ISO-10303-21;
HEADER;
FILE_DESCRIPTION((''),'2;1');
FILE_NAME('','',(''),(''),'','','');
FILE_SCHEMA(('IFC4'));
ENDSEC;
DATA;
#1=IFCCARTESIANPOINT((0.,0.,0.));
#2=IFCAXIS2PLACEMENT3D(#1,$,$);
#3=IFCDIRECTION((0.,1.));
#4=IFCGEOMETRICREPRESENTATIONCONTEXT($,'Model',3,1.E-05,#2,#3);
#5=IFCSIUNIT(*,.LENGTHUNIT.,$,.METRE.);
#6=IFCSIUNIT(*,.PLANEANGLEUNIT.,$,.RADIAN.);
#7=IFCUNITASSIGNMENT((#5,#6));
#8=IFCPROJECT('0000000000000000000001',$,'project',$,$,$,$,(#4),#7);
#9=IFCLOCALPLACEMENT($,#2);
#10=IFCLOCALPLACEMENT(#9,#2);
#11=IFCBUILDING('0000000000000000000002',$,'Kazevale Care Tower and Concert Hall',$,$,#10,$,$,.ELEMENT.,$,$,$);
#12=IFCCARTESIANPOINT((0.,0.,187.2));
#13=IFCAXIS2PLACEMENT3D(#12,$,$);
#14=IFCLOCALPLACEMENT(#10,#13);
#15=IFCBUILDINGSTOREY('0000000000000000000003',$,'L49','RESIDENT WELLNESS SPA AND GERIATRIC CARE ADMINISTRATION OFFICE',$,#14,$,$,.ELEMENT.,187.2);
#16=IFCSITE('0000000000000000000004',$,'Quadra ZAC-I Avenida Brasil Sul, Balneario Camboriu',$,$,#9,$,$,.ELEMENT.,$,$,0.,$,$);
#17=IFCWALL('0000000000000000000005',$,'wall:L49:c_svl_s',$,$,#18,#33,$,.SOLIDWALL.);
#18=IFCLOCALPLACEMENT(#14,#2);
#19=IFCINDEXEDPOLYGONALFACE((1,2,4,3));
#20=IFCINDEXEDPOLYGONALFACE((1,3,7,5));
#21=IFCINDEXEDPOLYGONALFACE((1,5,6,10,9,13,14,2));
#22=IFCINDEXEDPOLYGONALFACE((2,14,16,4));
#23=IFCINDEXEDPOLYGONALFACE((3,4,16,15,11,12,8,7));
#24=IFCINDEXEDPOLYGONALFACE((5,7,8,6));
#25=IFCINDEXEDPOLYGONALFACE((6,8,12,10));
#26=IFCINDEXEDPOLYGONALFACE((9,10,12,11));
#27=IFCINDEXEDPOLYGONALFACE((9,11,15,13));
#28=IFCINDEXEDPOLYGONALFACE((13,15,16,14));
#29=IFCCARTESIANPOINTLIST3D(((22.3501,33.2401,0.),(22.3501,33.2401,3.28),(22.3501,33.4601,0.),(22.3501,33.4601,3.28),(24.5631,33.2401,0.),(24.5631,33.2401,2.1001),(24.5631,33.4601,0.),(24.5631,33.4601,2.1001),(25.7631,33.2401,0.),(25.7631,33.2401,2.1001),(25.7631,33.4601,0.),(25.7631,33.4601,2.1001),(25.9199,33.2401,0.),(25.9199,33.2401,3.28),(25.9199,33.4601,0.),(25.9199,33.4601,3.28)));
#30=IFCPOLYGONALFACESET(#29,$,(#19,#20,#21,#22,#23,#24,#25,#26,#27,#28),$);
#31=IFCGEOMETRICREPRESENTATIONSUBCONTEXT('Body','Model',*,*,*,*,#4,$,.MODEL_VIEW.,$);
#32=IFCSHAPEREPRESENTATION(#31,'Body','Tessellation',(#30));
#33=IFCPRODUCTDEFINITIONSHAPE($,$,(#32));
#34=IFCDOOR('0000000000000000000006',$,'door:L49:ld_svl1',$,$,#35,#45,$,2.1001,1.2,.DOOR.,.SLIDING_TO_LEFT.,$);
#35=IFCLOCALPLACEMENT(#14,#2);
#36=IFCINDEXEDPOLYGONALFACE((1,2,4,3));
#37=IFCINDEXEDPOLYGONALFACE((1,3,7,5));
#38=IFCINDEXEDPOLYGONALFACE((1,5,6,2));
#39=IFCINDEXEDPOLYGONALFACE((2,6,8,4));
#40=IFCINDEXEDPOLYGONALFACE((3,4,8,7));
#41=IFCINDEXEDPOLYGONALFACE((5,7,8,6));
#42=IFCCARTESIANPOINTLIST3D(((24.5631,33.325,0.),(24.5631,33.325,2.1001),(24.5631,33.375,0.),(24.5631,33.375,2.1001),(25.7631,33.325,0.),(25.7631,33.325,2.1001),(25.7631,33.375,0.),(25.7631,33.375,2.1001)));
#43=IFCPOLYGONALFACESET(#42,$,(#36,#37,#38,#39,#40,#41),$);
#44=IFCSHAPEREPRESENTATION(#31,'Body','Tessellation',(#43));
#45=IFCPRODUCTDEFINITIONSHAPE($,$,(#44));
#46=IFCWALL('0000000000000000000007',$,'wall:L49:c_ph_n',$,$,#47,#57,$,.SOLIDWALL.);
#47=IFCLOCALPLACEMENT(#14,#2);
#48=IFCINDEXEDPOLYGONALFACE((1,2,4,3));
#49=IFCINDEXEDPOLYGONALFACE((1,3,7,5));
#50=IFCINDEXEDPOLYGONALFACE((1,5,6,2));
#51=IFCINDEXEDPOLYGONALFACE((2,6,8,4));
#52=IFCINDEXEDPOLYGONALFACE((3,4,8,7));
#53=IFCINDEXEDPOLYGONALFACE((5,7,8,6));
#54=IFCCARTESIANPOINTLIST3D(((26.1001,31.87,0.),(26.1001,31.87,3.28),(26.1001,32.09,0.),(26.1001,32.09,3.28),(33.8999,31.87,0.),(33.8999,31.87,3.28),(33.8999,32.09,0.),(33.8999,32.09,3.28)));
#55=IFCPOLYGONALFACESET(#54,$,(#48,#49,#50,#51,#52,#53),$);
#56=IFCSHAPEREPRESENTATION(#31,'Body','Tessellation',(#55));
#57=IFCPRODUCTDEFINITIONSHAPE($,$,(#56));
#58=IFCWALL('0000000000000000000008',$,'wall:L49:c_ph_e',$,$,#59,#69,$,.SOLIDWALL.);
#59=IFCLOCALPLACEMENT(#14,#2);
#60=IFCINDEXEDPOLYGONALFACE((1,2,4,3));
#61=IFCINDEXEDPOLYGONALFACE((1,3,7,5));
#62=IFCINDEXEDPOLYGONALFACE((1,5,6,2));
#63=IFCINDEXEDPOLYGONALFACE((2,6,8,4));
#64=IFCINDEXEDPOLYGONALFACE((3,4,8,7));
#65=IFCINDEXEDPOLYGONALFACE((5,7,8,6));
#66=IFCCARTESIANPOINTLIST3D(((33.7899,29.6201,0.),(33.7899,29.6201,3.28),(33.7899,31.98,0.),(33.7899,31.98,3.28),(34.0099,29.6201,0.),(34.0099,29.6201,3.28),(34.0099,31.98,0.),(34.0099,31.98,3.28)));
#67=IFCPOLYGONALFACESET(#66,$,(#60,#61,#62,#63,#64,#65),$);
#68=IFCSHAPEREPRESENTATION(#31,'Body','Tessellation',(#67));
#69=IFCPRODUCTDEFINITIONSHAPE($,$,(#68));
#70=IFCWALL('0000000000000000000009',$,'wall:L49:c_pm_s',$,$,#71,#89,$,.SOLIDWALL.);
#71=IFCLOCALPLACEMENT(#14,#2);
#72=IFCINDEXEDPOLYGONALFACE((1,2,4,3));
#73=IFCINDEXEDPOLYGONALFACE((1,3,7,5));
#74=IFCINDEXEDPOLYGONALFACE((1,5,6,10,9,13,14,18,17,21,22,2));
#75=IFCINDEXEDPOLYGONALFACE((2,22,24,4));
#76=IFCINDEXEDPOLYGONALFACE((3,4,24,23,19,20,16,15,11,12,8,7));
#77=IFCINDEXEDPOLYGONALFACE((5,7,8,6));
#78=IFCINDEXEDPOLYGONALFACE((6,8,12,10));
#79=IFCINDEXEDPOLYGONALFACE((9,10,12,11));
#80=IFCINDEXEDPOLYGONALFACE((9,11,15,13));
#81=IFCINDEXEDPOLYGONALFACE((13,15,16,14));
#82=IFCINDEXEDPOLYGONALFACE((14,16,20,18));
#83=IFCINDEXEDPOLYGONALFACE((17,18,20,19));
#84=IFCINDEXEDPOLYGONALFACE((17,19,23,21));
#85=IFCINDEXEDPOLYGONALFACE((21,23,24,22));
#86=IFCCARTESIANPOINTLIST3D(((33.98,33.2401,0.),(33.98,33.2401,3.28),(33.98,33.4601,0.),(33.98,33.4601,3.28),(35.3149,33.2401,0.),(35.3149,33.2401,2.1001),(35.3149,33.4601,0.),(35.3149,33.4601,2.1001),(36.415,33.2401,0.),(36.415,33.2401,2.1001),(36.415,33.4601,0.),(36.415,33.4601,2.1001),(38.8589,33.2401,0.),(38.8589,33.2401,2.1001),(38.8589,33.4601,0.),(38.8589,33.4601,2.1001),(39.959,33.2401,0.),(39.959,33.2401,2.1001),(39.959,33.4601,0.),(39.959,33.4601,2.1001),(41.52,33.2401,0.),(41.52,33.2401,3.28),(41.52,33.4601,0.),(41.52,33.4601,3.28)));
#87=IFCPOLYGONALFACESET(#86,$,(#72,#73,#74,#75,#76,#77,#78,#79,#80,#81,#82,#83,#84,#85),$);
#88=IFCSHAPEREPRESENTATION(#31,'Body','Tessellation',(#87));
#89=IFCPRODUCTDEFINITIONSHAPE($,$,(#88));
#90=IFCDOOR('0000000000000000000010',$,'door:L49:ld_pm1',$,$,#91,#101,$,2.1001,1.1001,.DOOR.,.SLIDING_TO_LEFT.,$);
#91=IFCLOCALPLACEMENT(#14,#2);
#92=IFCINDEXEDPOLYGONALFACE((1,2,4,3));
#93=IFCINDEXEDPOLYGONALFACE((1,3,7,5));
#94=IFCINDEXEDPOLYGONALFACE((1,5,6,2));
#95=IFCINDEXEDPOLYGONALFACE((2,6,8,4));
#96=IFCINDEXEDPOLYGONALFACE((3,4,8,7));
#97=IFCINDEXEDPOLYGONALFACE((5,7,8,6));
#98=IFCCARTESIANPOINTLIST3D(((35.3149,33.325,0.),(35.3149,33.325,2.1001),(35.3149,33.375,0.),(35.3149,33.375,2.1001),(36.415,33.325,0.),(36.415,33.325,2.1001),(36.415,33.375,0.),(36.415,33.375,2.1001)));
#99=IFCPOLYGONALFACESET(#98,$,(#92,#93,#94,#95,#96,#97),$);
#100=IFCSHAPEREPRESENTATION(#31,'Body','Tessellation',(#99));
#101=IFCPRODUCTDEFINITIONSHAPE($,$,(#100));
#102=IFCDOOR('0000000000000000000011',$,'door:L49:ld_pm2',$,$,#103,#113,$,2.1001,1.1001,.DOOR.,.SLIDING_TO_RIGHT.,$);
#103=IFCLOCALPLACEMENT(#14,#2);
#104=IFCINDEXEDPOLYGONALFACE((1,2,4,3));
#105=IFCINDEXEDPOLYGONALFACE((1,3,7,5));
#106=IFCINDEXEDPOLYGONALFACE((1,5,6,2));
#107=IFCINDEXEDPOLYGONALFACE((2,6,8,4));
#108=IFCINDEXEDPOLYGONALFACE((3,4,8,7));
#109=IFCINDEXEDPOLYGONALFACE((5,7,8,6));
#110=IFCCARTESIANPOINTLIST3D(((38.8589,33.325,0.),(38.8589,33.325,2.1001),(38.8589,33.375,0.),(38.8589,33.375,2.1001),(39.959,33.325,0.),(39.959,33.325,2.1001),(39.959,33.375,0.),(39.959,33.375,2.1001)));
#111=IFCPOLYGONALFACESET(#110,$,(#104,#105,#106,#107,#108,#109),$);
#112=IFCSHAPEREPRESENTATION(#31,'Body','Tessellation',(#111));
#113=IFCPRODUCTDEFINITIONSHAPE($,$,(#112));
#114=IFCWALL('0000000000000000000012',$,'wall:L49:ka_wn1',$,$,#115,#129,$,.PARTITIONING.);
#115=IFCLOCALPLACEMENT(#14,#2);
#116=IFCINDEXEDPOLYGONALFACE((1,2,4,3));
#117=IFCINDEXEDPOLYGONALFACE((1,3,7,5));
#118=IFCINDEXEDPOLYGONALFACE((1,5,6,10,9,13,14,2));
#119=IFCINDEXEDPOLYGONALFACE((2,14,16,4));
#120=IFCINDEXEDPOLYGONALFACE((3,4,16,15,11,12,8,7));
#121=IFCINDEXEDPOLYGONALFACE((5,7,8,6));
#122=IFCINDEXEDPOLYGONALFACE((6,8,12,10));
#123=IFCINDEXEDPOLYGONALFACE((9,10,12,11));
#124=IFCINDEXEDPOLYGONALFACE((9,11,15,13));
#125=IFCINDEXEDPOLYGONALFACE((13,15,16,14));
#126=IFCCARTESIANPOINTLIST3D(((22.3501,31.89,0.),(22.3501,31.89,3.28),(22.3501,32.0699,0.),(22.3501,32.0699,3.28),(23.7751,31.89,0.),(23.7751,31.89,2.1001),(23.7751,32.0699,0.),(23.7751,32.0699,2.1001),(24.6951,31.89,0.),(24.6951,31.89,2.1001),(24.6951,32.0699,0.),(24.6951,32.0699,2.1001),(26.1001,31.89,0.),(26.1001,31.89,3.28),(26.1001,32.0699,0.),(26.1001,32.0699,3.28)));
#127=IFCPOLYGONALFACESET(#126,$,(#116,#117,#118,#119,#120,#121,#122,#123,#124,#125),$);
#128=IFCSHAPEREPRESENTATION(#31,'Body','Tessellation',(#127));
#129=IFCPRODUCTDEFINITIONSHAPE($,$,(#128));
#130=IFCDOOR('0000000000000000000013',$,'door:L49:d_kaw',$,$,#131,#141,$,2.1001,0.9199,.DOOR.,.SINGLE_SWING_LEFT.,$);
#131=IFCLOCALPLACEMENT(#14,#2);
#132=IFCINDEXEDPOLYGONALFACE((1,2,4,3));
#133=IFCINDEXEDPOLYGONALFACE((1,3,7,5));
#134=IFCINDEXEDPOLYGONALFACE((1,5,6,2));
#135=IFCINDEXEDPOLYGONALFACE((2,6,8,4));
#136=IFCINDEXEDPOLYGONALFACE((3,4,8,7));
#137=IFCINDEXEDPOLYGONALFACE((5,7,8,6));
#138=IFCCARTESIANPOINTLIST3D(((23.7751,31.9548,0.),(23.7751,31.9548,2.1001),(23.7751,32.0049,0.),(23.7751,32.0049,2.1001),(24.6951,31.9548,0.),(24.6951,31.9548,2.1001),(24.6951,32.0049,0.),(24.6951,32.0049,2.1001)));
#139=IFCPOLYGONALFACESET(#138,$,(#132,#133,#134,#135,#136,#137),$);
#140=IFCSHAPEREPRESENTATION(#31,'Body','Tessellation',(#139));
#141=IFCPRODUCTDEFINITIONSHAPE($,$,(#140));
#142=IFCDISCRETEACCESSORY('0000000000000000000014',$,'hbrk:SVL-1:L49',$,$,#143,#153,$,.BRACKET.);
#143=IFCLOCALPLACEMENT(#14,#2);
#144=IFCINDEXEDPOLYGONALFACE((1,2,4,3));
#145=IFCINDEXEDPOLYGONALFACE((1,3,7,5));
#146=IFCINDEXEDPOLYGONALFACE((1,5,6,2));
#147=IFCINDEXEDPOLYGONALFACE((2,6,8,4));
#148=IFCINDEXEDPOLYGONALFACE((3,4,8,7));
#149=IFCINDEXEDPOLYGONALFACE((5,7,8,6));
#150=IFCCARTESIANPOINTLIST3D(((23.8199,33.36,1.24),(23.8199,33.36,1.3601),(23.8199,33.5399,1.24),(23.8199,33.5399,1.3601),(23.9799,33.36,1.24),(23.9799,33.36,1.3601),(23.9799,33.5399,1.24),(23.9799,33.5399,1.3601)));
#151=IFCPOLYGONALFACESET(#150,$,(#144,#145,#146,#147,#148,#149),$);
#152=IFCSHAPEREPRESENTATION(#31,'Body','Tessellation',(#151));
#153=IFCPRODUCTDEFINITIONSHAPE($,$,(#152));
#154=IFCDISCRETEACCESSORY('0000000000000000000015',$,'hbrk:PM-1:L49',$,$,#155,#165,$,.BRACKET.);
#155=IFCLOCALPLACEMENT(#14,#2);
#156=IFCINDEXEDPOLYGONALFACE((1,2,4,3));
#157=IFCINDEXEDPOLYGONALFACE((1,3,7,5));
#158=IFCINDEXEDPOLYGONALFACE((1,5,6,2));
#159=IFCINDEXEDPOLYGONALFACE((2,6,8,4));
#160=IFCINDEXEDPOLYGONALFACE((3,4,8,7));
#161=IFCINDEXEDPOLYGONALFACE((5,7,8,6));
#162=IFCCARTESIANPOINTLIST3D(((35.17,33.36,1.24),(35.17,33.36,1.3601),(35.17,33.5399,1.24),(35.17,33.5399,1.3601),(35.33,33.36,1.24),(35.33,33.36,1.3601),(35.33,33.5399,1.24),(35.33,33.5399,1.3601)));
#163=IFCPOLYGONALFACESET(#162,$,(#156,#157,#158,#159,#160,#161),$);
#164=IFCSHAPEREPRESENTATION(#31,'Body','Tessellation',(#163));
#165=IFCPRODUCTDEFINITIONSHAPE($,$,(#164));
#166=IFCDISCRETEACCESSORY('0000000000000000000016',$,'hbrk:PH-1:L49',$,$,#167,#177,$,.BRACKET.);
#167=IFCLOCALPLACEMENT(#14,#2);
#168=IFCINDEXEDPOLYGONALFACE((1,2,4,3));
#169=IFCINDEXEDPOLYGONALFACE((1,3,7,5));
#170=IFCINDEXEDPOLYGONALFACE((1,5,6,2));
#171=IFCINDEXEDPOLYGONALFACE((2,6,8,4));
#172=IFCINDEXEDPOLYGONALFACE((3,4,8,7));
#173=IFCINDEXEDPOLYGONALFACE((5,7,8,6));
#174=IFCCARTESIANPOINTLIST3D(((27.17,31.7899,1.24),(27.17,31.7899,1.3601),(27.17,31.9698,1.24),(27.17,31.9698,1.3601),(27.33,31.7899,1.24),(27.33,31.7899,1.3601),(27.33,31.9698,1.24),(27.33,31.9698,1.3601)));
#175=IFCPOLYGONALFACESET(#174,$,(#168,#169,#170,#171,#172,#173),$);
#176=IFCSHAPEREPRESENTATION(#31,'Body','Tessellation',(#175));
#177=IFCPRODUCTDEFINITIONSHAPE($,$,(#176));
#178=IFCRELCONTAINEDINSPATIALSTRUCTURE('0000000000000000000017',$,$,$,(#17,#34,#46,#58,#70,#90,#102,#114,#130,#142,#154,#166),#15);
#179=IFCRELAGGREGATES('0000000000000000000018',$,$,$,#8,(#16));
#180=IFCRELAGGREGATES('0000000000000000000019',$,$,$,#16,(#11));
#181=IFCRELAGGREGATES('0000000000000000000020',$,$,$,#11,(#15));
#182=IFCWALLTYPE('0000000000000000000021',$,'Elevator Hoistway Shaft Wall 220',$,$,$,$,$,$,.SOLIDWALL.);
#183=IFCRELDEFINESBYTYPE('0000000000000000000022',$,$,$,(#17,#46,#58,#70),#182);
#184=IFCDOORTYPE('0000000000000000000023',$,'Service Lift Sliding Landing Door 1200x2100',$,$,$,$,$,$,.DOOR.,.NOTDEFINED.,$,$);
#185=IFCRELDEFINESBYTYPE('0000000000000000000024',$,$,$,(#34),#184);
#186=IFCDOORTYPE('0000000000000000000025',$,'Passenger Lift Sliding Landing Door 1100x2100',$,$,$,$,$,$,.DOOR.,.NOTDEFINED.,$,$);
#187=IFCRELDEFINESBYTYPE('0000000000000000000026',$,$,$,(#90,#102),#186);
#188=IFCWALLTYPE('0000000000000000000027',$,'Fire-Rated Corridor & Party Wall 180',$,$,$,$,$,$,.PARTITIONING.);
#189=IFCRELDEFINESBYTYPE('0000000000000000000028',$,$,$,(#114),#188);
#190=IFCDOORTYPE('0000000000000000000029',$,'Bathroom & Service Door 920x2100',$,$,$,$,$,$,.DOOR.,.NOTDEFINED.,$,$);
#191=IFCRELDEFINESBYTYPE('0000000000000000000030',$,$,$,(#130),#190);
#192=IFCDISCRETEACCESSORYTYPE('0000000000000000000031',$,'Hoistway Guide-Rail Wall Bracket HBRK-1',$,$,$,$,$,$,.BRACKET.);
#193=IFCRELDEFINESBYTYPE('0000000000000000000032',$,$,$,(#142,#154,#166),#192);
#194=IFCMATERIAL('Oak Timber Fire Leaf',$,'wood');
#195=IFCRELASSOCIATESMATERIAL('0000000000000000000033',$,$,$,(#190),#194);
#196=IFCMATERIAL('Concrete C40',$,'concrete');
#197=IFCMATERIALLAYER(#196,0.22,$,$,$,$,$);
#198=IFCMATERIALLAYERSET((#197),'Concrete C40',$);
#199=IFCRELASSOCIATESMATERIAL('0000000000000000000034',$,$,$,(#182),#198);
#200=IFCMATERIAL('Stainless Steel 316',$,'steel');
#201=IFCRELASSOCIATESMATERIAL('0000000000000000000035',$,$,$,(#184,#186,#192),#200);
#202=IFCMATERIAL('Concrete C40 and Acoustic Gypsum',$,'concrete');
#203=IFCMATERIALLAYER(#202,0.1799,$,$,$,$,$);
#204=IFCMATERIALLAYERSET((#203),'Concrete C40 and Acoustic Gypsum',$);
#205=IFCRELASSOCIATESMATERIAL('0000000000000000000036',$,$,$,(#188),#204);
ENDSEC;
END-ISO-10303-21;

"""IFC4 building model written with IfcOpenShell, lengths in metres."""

from ifc_helpers import new_model, si_unit, direction, frame, frame_2d, origin, origin_2d, place, context, subcontext, project, spatial, rectangle, extrude, material, layer, layer_set, type_object, element, fill, save


model = new_model("IFC4")

# Units and contexts
model_context = context("Model", 3, precision=1e-05, world=origin(), true_north=direction((0.0, 1.0)))
body_context = subcontext(model_context, "Body", "Model", "MODEL_VIEW")
ifc_project = project(units=[si_unit("LENGTHUNIT", "METRE"), si_unit("PLANEANGLEUNIT", "RADIAN")], contexts=[model_context])

# Site, building, storey
site_placement = place(None, origin())
site = spatial("IfcSite", under=ifc_project, at=site_placement, Name="Quadra ZAC-I Avenida Brasil Sul, Balneario Camboriu", CompositionType="ELEMENT", RefElevation=0.0)
building_placement = place(site_placement, origin())
building = spatial("IfcBuilding", under=site, at=building_placement, Name="Kazevale Care Tower and Concert Hall", CompositionType="ELEMENT")
storey_placement = place(building_placement, frame((0.0, 0.0, 187.2)))
storey = spatial("IfcBuildingStorey", under=building, at=storey_placement, Name="L49", Description="RESIDENT WELLNESS SPA AND GERIATRIC CARE ADMINISTRATION OFFICE", CompositionType="ELEMENT", Elevation=187.2)

# Shared definitions
ifc_material_1 = material(Name="Oak Timber Fire Leaf", Category="wood")
door_type_1 = type_object("IfcDoorType", Name="Bathroom & Service Door 920x2100", OperationType="NOTDEFINED", PredefinedType="DOOR", material=ifc_material_1)

# Shared definitions
ifc_material_2 = material(Name="Concrete C40", Category="concrete")
ifc_layer_1 = layer(ifc_material_2, 0.22)
ifc_layer_set_1 = layer_set([ifc_layer_1], Name="Concrete C40")
wall_type_1 = type_object("IfcWallType", Name="Elevator Hoistway Shaft Wall 220", PredefinedType="SOLIDWALL", material=ifc_layer_set_1)

# Wall, opening, door
wall_1_placement = place(storey_placement, frame((22.3501, 33.3501, 0.0), z_axis=(0.0, 0.0, 1.0), x_axis=(1.0, 0.0, 0.0)))
wall_1 = element("IfcWall", 1, at=wall_1_placement, inside=storey, type_object=wall_type_1, Name="wall:L49:c_svl_s", PredefinedType="SOLIDWALL", context=body_context, shape_type="SweptSolid", body=[
    extrude(rectangle(XDim=3.5698, YDim=0.22, at=frame_2d((1.7849, 0.0))), origin(), (0.0, 0.0, 1.0), 3.28),
])
opening_1_placement = place(wall_1_placement, frame((2.2129, 0.0, 0.0)))
opening_1 = element("IfcOpeningElement", 2, at=opening_1_placement, cuts=wall_1, PredefinedType="OPENING", context=body_context, shape_type="SweptSolid", body=[
    extrude(rectangle(XDim=1.2, YDim=2.1001, at=frame_2d((0.6001, 1.05))), frame((0.0, 0.1199, 0.0), z_axis=(0.0, -1.0, 0.0), x_axis=(1.0, 0.0, 0.0)), (0.0, 0.0, 1.0), 0.24),
])
ifc_material_3 = material(Name="Stainless Steel 316", Category="steel")
door_type_2 = type_object("IfcDoorType", Name="Service Lift Sliding Landing Door 1200x2100", OperationType="NOTDEFINED", PredefinedType="DOOR", material=ifc_material_3)
door_1_placement = place(opening_1_placement, origin())
door_1 = element("IfcDoor", 3, at=door_1_placement, inside=storey, type_object=door_type_2, Name="door:L49:ld_svl1", OperationType="SLIDING_TO_LEFT", OverallHeight=2.1001, OverallWidth=1.2, PredefinedType="DOOR", context=body_context, shape_type="SweptSolid", body=[
    extrude(rectangle(XDim=1.2, YDim=2.1001, at=frame_2d((0.6001, 1.05))), frame((0.0, 0.0249, 0.0), z_axis=(0.0, -1.0, 0.0), x_axis=(1.0, 0.0, 0.0)), (0.0, 0.0, 1.0), 0.05),
])
fill(opening_1, door_1)

# Walls
wall_2_placement = place(storey_placement, frame((26.1001, 31.98, 0.0), z_axis=(0.0, 0.0, 1.0), x_axis=(1.0, 0.0, 0.0)))
element("IfcWall", 4, at=wall_2_placement, inside=storey, type_object=wall_type_1, Name="wall:L49:c_ph_n", PredefinedType="SOLIDWALL", context=body_context, shape_type="SweptSolid", body=[
    extrude(rectangle(XDim=7.7998, YDim=0.22, at=frame_2d((3.8999, 0.0))), origin(), (0.0, 0.0, 1.0), 3.28),
])
wall_3_placement = place(storey_placement, frame((33.8999, 29.6201, 0.0), z_axis=(0.0, 0.0, 1.0), x_axis=(0.0, 1.0, 0.0)))
element("IfcWall", 5, at=wall_3_placement, inside=storey, type_object=wall_type_1, Name="wall:L49:c_ph_e", PredefinedType="SOLIDWALL", context=body_context, shape_type="SweptSolid", body=[
    extrude(rectangle(XDim=2.3599, YDim=0.22, at=frame_2d((1.1799, 0.0))), origin(), (0.0, 0.0, 1.0), 3.28),
])

# Wall, openings, doors
wall_4_placement = place(storey_placement, frame((33.98, 33.3501, 0.0), z_axis=(0.0, 0.0, 1.0), x_axis=(1.0, 0.0, 0.0)))
wall_4 = element("IfcWall", 6, at=wall_4_placement, inside=storey, type_object=wall_type_1, Name="wall:L49:c_pm_s", PredefinedType="SOLIDWALL", context=body_context, shape_type="SweptSolid", body=[
    extrude(rectangle(XDim=7.54, YDim=0.22, at=frame_2d((3.77, 0.0))), origin(), (0.0, 0.0, 1.0), 3.28),
])
opening_2_placement = place(wall_4_placement, frame((1.335, 0.0, 0.0)))
opening_2 = element("IfcOpeningElement", 7, at=opening_2_placement, cuts=wall_4, PredefinedType="OPENING", context=body_context, shape_type="SweptSolid", body=[
    extrude(rectangle(XDim=1.1001, YDim=2.1001, at=frame_2d((0.55, 1.05))), frame((0.0, 0.1199, 0.0), z_axis=(0.0, -1.0, 0.0), x_axis=(1.0, 0.0, 0.0)), (0.0, 0.0, 1.0), 0.24),
])
opening_3_placement = place(wall_4_placement, frame((4.8789, 0.0, 0.0)))
opening_3 = element("IfcOpeningElement", 8, at=opening_3_placement, cuts=wall_4, PredefinedType="OPENING", context=body_context, shape_type="SweptSolid", body=[
    extrude(rectangle(XDim=1.1001, YDim=2.1001, at=frame_2d((0.55, 1.05))), frame((0.0, 0.1199, 0.0), z_axis=(0.0, -1.0, 0.0), x_axis=(1.0, 0.0, 0.0)), (0.0, 0.0, 1.0), 0.24),
])
door_type_3 = type_object("IfcDoorType", Name="Passenger Lift Sliding Landing Door 1100x2100", OperationType="NOTDEFINED", PredefinedType="DOOR", material=ifc_material_3)
door_2_placement = place(opening_2_placement, origin())
door_2 = element("IfcDoor", 9, at=door_2_placement, inside=storey, type_object=door_type_3, Name="door:L49:ld_pm1", OperationType="SLIDING_TO_LEFT", OverallHeight=2.1001, OverallWidth=1.1001, PredefinedType="DOOR", context=body_context, shape_type="SweptSolid", body=[
    extrude(rectangle(XDim=1.1001, YDim=2.1001, at=frame_2d((0.55, 1.05))), frame((0.0, 0.0249, 0.0), z_axis=(0.0, -1.0, 0.0), x_axis=(1.0, 0.0, 0.0)), (0.0, 0.0, 1.0), 0.05),
])
fill(opening_2, door_2)
door_3_placement = place(opening_3_placement, origin())
door_3 = element("IfcDoor", 10, at=door_3_placement, inside=storey, type_object=door_type_3, Name="door:L49:ld_pm2", OperationType="SLIDING_TO_RIGHT", OverallHeight=2.1001, OverallWidth=1.1001, PredefinedType="DOOR", context=body_context, shape_type="SweptSolid", body=[
    extrude(rectangle(XDim=1.1001, YDim=2.1001, at=frame_2d((0.55, 1.05))), frame((0.0, 0.0249, 0.0), z_axis=(0.0, -1.0, 0.0), x_axis=(1.0, 0.0, 0.0)), (0.0, 0.0, 1.0), 0.05),
])
fill(opening_3, door_3)

# Wall, opening, door
ifc_material_4 = material(Name="Concrete C40 and Acoustic Gypsum", Category="concrete")
ifc_layer_2 = layer(ifc_material_4, 0.1799)
ifc_layer_set_2 = layer_set([ifc_layer_2], Name="Concrete C40 and Acoustic Gypsum")
wall_type_2 = type_object("IfcWallType", Name="Fire-Rated Corridor & Party Wall 180", PredefinedType="PARTITIONING", material=ifc_layer_set_2)
wall_5_placement = place(storey_placement, frame((22.3501, 31.98, 0.0), z_axis=(0.0, 0.0, 1.0), x_axis=(1.0, 0.0, 0.0)))
wall_5 = element("IfcWall", 11, at=wall_5_placement, inside=storey, type_object=wall_type_2, Name="wall:L49:ka_wn1", PredefinedType="PARTITIONING", context=body_context, shape_type="SweptSolid", body=[
    extrude(rectangle(XDim=3.75, YDim=0.1799, at=frame_2d((1.875, 0.0))), origin(), (0.0, 0.0, 1.0), 3.28),
])
opening_4_placement = place(wall_5_placement, frame((1.425, 0.0, 0.0)))
opening_4 = element("IfcOpeningElement", 12, at=opening_4_placement, cuts=wall_5, PredefinedType="OPENING", context=body_context, shape_type="SweptSolid", body=[
    extrude(rectangle(XDim=0.9199, YDim=2.1001, at=frame_2d((0.46, 1.05))), frame((0.0, 0.0999, 0.0), z_axis=(0.0, -1.0, 0.0), x_axis=(1.0, 0.0, 0.0)), (0.0, 0.0, 1.0), 0.2),
])
door_4_placement = place(opening_4_placement, origin())
door_4 = element("IfcDoor", 13, at=door_4_placement, inside=storey, type_object=door_type_1, Name="door:L49:d_kaw", OperationType="SINGLE_SWING_LEFT", OverallHeight=2.1001, OverallWidth=0.9199, PredefinedType="DOOR", context=body_context, shape_type="SweptSolid", body=[
    extrude(rectangle(XDim=0.9199, YDim=2.1001, at=frame_2d((0.46, 1.05))), frame((0.0, 0.0249, 0.0), z_axis=(0.0, -1.0, 0.0), x_axis=(1.0, 0.0, 0.0)), (0.0, 0.0, 1.0), 0.05),
])
fill(opening_4, door_4)

# Discrete accessories
discrete_accessory_type = type_object("IfcDiscreteAccessoryType", Name="Hoistway Guide-Rail Wall Bracket HBRK-1", PredefinedType="BRACKET", material=ifc_material_3)
for number, where, z_axis, x_axis, name in (
    (14, (23.8999, 33.45, 1.24), (0.0, 0.0, 1.0), (1.0, 0.0, 0.0), "hbrk:SVL-1:L49"),
    (15, (35.25, 33.45, 1.24), (0.0, 0.0, 1.0), (1.0, 0.0, 0.0), "hbrk:PM-1:L49"),
    (16, (27.25, 31.8799, 1.24), (0.0, 0.0, 1.0), (1.0, 0.0, 0.0), "hbrk:PH-1:L49"),
):
    element("IfcDiscreteAccessory", number, at=place(storey_placement, frame(where, z_axis=z_axis, x_axis=x_axis)), inside=storey, type_object=discrete_accessory_type, Name=name, PredefinedType="BRACKET", context=body_context, shape_type="SweptSolid", body=[
        extrude(rectangle(XDim=0.1599, YDim=0.1799, at=origin_2d()), origin(), (0.0, 0.0, 1.0), 0.1201),
    ])

save(model, "model.ifc")
